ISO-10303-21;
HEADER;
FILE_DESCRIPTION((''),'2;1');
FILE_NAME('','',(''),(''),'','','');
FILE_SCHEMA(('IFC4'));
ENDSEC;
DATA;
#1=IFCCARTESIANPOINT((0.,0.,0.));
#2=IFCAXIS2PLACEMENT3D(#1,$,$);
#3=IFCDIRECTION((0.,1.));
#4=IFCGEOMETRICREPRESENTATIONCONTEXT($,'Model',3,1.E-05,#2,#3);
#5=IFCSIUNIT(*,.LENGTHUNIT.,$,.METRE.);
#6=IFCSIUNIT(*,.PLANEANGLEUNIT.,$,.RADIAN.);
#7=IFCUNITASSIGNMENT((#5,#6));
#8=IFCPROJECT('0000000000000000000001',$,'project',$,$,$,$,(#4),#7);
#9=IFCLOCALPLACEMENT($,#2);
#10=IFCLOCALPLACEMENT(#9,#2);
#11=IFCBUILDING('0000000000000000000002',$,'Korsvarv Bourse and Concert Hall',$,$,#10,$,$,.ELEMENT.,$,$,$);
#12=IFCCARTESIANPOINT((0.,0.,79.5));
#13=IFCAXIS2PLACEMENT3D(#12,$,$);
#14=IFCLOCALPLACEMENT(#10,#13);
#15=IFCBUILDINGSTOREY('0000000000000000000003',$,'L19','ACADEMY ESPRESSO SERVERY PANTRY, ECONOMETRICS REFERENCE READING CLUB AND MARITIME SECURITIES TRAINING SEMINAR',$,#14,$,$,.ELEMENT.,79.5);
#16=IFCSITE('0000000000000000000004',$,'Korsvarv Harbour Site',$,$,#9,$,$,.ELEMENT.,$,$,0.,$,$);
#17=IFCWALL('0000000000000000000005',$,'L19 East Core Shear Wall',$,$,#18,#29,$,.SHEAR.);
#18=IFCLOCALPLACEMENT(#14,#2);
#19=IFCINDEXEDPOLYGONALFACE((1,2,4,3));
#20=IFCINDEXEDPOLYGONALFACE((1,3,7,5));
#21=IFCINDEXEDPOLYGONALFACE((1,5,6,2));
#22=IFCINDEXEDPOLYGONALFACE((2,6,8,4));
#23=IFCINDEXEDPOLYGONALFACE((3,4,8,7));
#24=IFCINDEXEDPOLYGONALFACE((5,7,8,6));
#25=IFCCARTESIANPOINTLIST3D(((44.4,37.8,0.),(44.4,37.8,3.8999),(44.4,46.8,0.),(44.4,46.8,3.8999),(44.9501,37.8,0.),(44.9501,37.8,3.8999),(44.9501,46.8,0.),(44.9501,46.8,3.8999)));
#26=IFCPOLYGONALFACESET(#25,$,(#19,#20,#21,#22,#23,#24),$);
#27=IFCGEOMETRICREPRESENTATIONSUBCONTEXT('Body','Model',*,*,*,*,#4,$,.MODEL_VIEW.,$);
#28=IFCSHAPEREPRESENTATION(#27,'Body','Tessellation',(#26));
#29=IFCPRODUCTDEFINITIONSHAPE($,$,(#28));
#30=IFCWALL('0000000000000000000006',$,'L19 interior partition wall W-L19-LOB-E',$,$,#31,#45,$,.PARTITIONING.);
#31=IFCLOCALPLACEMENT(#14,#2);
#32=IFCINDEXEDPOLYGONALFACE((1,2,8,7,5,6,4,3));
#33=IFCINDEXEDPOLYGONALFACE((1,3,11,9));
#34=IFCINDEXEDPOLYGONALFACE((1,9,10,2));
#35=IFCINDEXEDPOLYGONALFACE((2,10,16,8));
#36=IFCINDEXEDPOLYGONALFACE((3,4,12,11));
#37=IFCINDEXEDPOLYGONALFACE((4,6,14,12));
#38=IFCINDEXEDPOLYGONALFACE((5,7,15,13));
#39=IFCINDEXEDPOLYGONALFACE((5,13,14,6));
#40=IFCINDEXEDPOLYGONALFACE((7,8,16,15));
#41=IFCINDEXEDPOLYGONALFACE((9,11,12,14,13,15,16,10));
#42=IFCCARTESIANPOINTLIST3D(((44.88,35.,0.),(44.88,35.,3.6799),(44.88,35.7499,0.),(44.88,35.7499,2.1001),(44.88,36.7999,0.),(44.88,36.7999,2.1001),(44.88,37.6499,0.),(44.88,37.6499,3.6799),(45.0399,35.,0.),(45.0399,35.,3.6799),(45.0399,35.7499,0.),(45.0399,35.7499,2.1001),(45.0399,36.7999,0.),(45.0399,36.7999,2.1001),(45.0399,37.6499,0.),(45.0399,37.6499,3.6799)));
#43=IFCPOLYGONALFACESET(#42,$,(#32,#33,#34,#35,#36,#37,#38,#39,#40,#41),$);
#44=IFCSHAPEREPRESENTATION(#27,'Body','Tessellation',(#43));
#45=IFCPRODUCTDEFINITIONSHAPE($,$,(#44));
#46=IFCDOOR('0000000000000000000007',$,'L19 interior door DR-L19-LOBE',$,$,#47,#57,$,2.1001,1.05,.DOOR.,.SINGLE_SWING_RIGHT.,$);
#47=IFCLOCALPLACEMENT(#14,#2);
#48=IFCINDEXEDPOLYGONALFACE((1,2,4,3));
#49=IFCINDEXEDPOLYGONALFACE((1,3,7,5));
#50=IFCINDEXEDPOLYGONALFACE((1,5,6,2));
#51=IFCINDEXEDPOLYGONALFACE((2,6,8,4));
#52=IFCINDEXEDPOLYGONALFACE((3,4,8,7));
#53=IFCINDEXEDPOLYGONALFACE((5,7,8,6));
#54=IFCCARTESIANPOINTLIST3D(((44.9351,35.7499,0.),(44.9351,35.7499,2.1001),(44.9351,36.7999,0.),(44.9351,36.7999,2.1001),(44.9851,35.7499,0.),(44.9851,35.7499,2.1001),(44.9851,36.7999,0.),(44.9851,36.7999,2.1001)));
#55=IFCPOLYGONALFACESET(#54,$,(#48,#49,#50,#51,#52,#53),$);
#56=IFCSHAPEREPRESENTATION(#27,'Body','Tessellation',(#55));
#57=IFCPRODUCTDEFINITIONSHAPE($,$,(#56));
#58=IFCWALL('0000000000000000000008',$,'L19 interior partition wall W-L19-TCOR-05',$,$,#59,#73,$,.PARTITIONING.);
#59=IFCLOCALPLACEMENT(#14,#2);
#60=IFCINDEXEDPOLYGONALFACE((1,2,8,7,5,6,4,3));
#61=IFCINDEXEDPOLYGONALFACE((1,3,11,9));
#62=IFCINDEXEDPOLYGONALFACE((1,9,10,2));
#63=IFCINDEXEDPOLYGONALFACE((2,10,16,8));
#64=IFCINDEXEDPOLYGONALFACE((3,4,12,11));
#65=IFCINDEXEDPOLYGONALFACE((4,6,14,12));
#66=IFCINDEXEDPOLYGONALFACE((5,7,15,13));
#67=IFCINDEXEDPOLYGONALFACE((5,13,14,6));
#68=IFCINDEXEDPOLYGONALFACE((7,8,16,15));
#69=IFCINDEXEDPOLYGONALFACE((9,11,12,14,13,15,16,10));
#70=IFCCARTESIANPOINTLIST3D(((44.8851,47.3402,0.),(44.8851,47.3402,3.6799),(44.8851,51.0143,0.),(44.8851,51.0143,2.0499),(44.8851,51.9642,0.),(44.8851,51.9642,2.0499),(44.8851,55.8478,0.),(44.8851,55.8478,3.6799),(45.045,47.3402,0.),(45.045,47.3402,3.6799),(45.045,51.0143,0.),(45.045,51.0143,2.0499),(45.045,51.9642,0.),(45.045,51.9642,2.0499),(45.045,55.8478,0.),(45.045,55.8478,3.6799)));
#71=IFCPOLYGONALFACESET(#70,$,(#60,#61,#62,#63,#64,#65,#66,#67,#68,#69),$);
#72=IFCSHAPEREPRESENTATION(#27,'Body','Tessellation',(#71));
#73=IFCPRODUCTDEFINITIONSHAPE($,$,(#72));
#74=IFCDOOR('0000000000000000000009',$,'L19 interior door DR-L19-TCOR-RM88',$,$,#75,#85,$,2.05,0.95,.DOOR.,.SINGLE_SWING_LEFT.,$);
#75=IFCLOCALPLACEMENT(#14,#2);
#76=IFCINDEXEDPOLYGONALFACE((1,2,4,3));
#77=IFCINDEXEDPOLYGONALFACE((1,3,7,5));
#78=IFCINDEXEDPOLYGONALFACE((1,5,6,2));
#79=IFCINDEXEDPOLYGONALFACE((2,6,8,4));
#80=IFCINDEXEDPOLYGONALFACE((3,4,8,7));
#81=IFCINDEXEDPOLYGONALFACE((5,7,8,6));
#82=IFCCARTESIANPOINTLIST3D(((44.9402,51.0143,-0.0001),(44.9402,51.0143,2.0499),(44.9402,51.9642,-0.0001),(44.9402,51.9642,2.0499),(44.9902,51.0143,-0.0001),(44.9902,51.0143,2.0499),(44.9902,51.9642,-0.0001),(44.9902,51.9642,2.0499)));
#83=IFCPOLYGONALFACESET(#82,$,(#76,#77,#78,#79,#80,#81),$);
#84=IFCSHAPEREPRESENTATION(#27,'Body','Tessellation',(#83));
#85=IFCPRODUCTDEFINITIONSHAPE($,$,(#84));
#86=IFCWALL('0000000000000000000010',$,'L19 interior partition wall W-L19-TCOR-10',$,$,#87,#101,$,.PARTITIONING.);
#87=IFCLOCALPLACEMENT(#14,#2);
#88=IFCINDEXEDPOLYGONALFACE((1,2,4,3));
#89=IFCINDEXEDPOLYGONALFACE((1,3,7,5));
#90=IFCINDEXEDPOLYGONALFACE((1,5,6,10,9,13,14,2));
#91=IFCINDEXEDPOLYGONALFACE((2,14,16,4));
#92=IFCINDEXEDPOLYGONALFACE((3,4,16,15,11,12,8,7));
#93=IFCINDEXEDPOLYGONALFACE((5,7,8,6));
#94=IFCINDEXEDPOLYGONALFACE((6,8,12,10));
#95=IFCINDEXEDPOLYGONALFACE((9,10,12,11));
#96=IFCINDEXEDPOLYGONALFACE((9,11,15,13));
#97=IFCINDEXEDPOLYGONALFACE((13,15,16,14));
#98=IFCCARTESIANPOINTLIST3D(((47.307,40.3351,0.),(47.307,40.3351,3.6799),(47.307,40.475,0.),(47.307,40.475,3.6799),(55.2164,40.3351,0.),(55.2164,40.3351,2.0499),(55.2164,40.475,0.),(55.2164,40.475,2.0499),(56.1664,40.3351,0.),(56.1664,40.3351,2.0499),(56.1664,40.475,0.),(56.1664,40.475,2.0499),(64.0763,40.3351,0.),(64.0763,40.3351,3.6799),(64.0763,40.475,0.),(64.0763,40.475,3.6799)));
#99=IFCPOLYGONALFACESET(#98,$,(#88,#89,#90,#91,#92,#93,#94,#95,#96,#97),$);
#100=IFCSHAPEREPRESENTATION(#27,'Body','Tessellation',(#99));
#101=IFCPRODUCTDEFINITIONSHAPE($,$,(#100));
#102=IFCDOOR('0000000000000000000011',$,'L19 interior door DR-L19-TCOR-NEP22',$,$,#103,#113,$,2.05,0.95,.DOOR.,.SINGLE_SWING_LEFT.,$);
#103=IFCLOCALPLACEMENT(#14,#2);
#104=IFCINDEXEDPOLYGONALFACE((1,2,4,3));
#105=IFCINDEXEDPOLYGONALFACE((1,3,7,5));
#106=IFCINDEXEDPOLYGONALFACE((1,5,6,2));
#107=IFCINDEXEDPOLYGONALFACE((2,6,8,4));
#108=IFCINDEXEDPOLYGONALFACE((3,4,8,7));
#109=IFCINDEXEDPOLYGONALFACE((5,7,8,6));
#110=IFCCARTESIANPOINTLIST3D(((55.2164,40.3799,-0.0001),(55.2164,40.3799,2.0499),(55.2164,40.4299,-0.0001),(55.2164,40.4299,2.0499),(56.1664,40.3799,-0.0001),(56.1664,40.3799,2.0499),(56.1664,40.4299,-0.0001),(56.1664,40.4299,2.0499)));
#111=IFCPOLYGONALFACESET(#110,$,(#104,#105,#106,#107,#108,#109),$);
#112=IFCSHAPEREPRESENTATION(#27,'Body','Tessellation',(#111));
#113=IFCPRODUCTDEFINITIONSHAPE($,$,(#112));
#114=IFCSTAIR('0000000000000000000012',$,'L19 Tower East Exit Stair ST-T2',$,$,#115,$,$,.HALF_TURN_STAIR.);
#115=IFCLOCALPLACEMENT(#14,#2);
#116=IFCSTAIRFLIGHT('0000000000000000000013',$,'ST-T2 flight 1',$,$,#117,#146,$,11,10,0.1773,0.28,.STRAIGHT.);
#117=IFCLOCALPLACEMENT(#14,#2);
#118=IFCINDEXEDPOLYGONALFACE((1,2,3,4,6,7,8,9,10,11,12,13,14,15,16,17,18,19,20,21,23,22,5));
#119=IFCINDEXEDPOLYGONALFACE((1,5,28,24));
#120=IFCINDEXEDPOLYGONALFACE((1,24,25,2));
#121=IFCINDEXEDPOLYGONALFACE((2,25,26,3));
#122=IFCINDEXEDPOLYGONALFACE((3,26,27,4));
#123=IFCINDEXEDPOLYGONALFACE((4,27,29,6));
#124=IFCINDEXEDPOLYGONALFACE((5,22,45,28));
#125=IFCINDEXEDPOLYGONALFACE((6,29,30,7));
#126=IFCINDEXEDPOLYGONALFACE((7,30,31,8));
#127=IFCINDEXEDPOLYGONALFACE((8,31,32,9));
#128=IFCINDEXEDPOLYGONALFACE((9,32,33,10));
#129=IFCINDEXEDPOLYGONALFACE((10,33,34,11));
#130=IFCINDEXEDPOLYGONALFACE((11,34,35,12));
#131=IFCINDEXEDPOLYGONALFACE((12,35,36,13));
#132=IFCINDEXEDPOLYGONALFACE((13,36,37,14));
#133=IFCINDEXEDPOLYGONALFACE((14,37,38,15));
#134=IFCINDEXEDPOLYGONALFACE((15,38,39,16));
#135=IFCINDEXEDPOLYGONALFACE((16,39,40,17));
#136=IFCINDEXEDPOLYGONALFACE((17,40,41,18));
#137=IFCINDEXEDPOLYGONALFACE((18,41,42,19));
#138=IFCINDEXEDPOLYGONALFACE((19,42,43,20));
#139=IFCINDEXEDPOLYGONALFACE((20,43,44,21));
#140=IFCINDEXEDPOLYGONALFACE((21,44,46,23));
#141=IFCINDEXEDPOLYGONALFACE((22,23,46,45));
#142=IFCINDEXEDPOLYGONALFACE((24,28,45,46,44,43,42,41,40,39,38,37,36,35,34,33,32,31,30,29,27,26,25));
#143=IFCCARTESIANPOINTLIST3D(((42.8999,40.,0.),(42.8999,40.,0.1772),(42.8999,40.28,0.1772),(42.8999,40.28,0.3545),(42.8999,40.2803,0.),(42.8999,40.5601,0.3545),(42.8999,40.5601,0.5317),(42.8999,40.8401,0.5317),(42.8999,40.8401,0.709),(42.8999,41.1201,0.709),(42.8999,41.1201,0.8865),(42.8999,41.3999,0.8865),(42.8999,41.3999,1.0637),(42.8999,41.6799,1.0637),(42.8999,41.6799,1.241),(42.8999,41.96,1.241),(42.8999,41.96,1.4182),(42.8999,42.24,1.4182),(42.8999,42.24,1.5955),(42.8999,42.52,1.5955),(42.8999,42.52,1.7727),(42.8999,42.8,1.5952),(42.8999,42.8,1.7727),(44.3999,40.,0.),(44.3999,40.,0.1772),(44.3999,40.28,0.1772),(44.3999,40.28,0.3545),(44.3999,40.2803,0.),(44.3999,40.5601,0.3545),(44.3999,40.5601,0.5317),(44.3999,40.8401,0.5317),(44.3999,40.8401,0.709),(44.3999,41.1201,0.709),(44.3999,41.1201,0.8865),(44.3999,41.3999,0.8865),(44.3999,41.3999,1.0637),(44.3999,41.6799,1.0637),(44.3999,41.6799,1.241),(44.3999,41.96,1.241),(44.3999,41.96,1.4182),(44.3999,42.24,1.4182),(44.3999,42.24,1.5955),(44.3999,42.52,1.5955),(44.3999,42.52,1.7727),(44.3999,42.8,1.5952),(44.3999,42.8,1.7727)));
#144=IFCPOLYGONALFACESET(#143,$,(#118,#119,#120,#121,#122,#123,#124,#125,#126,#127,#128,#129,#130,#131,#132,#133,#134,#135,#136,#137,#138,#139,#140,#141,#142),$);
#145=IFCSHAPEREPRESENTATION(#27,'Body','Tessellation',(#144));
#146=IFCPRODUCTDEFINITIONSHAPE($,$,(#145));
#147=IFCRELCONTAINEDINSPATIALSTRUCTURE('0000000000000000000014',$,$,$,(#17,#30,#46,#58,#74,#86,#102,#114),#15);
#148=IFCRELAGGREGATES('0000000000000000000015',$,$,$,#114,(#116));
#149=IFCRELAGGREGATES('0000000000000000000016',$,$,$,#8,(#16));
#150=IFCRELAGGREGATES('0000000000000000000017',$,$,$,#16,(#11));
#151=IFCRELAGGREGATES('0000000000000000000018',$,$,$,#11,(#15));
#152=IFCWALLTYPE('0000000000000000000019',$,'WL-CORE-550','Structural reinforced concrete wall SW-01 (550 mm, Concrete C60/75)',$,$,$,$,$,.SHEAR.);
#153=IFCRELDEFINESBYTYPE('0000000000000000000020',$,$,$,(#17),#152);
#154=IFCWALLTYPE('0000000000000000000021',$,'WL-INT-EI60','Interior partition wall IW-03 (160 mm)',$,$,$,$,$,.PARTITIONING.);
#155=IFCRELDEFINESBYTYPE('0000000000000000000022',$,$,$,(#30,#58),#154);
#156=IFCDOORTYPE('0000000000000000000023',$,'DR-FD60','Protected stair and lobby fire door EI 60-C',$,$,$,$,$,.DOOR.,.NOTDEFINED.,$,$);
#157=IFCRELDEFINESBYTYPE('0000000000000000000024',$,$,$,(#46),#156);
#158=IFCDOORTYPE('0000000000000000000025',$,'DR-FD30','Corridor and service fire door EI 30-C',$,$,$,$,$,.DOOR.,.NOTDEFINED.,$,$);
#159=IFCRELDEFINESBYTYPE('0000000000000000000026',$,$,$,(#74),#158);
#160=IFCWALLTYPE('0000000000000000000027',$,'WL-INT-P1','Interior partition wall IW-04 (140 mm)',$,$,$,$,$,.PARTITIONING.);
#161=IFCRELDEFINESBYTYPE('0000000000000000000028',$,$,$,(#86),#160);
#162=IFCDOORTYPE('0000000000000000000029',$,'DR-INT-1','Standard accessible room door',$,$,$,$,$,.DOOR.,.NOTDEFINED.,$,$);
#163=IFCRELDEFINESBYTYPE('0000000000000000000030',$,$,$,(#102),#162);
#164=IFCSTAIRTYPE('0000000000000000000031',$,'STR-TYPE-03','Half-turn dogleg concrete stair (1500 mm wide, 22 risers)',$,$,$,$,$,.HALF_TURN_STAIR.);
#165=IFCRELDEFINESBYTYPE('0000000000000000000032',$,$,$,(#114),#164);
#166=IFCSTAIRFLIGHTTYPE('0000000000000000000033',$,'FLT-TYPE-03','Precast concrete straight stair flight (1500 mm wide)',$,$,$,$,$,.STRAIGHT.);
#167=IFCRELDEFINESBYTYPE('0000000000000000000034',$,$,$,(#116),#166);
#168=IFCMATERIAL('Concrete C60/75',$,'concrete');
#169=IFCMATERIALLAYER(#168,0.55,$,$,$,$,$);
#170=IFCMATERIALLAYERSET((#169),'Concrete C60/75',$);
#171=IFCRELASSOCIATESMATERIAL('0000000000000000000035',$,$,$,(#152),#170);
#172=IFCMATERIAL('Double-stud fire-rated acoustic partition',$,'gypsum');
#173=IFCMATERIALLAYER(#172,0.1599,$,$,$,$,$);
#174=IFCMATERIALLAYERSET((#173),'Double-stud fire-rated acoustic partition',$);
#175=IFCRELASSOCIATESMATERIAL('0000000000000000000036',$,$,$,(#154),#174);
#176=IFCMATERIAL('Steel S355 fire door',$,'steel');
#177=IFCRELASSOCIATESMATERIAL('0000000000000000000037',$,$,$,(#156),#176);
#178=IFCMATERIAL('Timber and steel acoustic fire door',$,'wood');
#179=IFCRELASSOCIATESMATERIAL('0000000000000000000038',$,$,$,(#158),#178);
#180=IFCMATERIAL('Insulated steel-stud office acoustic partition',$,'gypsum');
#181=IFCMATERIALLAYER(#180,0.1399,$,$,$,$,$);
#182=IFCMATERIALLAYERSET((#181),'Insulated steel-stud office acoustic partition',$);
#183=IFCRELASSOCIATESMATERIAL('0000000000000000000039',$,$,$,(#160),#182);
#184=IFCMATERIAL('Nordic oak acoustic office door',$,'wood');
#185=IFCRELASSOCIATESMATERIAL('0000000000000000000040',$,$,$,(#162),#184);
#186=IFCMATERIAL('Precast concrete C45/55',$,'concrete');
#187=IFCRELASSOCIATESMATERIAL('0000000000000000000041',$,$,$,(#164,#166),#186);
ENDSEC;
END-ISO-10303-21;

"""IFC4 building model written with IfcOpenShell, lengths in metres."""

from ifc_helpers import new_model, si_unit, direction, frame, frame_2d, origin, place, context, subcontext, project, spatial, polyline, rectangle, outline, extrude, material, layer, layer_set, type_object, element, fill, aggregate, save


model = new_model("IFC4")

# Units and contexts
model_context = context("Model", 3, precision=1e-05, world=origin(), true_north=direction((0.0, 1.0)))
body_context = subcontext(model_context, "Body", "Model", "MODEL_VIEW")
ifc_project = project(units=[si_unit("LENGTHUNIT", "METRE"), si_unit("PLANEANGLEUNIT", "RADIAN")], contexts=[model_context])

# Site, building, storey
site_placement = place(None, origin())
site = spatial("IfcSite", under=ifc_project, at=site_placement, Name="Korsvarv Harbour Site", CompositionType="ELEMENT", RefElevation=0.0)
building_placement = place(site_placement, origin())
building = spatial("IfcBuilding", under=site, at=building_placement, Name="Korsvarv Bourse and Concert Hall", CompositionType="ELEMENT")
storey_placement = place(building_placement, frame((0.0, 0.0, 79.5)))
storey = spatial("IfcBuildingStorey", under=building, at=storey_placement, Name="L19", Description="ACADEMY ESPRESSO SERVERY PANTRY, ECONOMETRICS REFERENCE READING CLUB AND MARITIME SECURITIES TRAINING SEMINAR", CompositionType="ELEMENT", Elevation=79.5)

# Shared definitions
ifc_material_1 = material(Name="Concrete C60/75", Category="concrete")

# Wall
ifc_layer_1 = layer(ifc_material_1, 0.55)
ifc_layer_set_1 = layer_set([ifc_layer_1], Name="Concrete C60/75")
wall_type_1 = type_object("IfcWallType", Name="WL-CORE-550", Description="Structural reinforced concrete wall SW-01 (550 mm, Concrete C60/75)", PredefinedType="SHEAR", material=ifc_layer_set_1)
wall_1_placement = place(storey_placement, frame((44.675, 37.8, 0.0), z_axis=(0.0, 0.0, 1.0), x_axis=(0.0, 1.0, 0.0)))
element("IfcWall", 1, at=wall_1_placement, inside=storey, type_object=wall_type_1, Name="L19 East Core Shear Wall", PredefinedType="SHEAR", context=body_context, shape_type="SweptSolid", body=[
    extrude(rectangle(XDim=9.0, YDim=0.55, at=frame_2d((4.5, 0.0))), origin(), (0.0, 0.0, 1.0), 3.8999),
])

# Walls, openings, doors
ifc_material_2 = material(Name="Double-stud fire-rated acoustic partition", Category="gypsum")
ifc_layer_2 = layer(ifc_material_2, 0.1599)
ifc_layer_set_2 = layer_set([ifc_layer_2], Name="Double-stud fire-rated acoustic partition")
wall_type_2 = type_object("IfcWallType", Name="WL-INT-EI60", Description="Interior partition wall IW-03 (160 mm)", PredefinedType="PARTITIONING", material=ifc_layer_set_2)
wall_2_placement = place(storey_placement, frame((44.96, 35.0, 0.0), z_axis=(0.0, 0.0, 1.0), x_axis=(0.0, 1.0, 0.0)))
wall_2 = element("IfcWall", 2, at=wall_2_placement, inside=storey, type_object=wall_type_2, Name="L19 interior partition wall W-L19-LOB-E", PredefinedType="PARTITIONING", context=body_context, shape_type="SweptSolid", body=[
    extrude(rectangle(XDim=2.6499, YDim=0.1599, at=frame_2d((1.325, 0.0))), origin(), (0.0, 0.0, 1.0), 3.6799),
])
opening_1_placement = place(wall_2_placement, frame((0.75, 0.0, 0.0)))
opening_1 = element("IfcOpeningElement", 3, at=opening_1_placement, cuts=wall_2, PredefinedType="OPENING", context=body_context, shape_type="SweptSolid", body=[
    extrude(rectangle(XDim=1.05, YDim=2.1001, at=frame_2d((0.5249, 1.05))), frame((0.0, 0.0898, 0.0), z_axis=(0.0, -1.0, 0.0), x_axis=(1.0, 0.0, 0.0)), (0.0, 0.0, 1.0), 0.1799),
])
ifc_material_3 = material(Name="Steel S355 fire door", Category="steel")
door_type_1 = type_object("IfcDoorType", Name="DR-FD60", Description="Protected stair and lobby fire door EI 60-C", OperationType="NOTDEFINED", PredefinedType="DOOR", material=ifc_material_3)
door_1_placement = place(opening_1_placement, origin())
door_1 = element("IfcDoor", 4, at=door_1_placement, inside=storey, type_object=door_type_1, Name="L19 interior door DR-L19-LOBE", OperationType="SINGLE_SWING_RIGHT", OverallHeight=2.1001, OverallWidth=1.05, PredefinedType="DOOR", context=body_context, shape_type="SweptSolid", body=[
    extrude(rectangle(XDim=1.05, YDim=2.1001, at=frame_2d((0.5249, 1.05))), frame((0.0, 0.0249, 0.0), z_axis=(0.0, -1.0, 0.0), x_axis=(1.0, 0.0, 0.0)), (0.0, 0.0, 1.0), 0.05),
])
fill(opening_1, door_1)
wall_3_placement = place(storey_placement, frame((44.9651, 47.3401, 0.0), z_axis=(0.0, 0.0, 1.0), x_axis=(0.0, 1.0, 0.0)))
wall_3 = element("IfcWall", 5, at=wall_3_placement, inside=storey, type_object=wall_type_2, Name="L19 interior partition wall W-L19-TCOR-05", PredefinedType="PARTITIONING", context=body_context, shape_type="SweptSolid", body=[
    extrude(rectangle(XDim=8.5076, YDim=0.1599, at=frame_2d((4.2539, 0.0))), origin(), (0.0, 0.0, 1.0), 3.6799),
])
opening_2_placement = place(wall_3_placement, frame((3.6741, 0.0, 0.0)))
opening_2 = element("IfcOpeningElement", 6, at=opening_2_placement, cuts=wall_3, PredefinedType="OPENING", context=body_context, shape_type="SweptSolid", body=[
    extrude(rectangle(XDim=0.95, YDim=2.05, at=frame_2d((0.4751, 1.0249))), frame((0.0, 0.0898, 0.0), z_axis=(0.0, -1.0, 0.0), x_axis=(1.0, 0.0, 0.0)), (0.0, 0.0, 1.0), 0.1799),
])
ifc_material_4 = material(Name="Timber and steel acoustic fire door", Category="wood")
door_type_2 = type_object("IfcDoorType", Name="DR-FD30", Description="Corridor and service fire door EI 30-C", OperationType="NOTDEFINED", PredefinedType="DOOR", material=ifc_material_4)
door_2_placement = place(opening_2_placement, origin())
door_2 = element("IfcDoor", 7, at=door_2_placement, inside=storey, type_object=door_type_2, Name="L19 interior door DR-L19-TCOR-RM88", OperationType="SINGLE_SWING_LEFT", OverallHeight=2.05, OverallWidth=0.95, PredefinedType="DOOR", context=body_context, shape_type="SweptSolid", body=[
    extrude(rectangle(XDim=0.95, YDim=2.05, at=frame_2d((0.4751, 1.0249))), frame((0.0, 0.0249, 0.0), z_axis=(0.0, -1.0, 0.0), x_axis=(1.0, 0.0, 0.0)), (0.0, 0.0, 1.0), 0.05),
])
fill(opening_2, door_2)
ifc_material_5 = material(Name="Insulated steel-stud office acoustic partition", Category="gypsum")
ifc_layer_3 = layer(ifc_material_5, 0.1399)
ifc_layer_set_3 = layer_set([ifc_layer_3], Name="Insulated steel-stud office acoustic partition")
wall_type_3 = type_object("IfcWallType", Name="WL-INT-P1", Description="Interior partition wall IW-04 (140 mm)", PredefinedType="PARTITIONING", material=ifc_layer_set_3)
wall_4_placement = place(storey_placement, frame((47.3069, 40.405, 0.0), z_axis=(0.0, 0.0, 1.0), x_axis=(1.0, 0.0, 0.0)))
wall_4 = element("IfcWall", 8, at=wall_4_placement, inside=storey, type_object=wall_type_3, Name="L19 interior partition wall W-L19-TCOR-10", PredefinedType="PARTITIONING", context=body_context, shape_type="SweptSolid", body=[
    extrude(rectangle(XDim=16.7693, YDim=0.1399, at=frame_2d((8.3848, 0.0))), origin(), (0.0, 0.0, 1.0), 3.6799),
])
opening_3_placement = place(wall_4_placement, frame((7.9094, 0.0, 0.0)))
opening_3 = element("IfcOpeningElement", 9, at=opening_3_placement, cuts=wall_4, PredefinedType="OPENING", context=body_context, shape_type="SweptSolid", body=[
    extrude(rectangle(XDim=0.95, YDim=2.05, at=frame_2d((0.4751, 1.0249))), frame((0.0, 0.0801, 0.0), z_axis=(0.0, -1.0, 0.0), x_axis=(1.0, 0.0, 0.0)), (0.0, 0.0, 1.0), 0.1599),
])
ifc_material_6 = material(Name="Nordic oak acoustic office door", Category="wood")
door_type_3 = type_object("IfcDoorType", Name="DR-INT-1", Description="Standard accessible room door", OperationType="NOTDEFINED", PredefinedType="DOOR", material=ifc_material_6)
door_3_placement = place(opening_3_placement, origin())
door_3 = element("IfcDoor", 10, at=door_3_placement, inside=storey, type_object=door_type_3, Name="L19 interior door DR-L19-TCOR-NEP22", OperationType="SINGLE_SWING_LEFT", OverallHeight=2.05, OverallWidth=0.95, PredefinedType="DOOR", context=body_context, shape_type="SweptSolid", body=[
    extrude(rectangle(XDim=0.95, YDim=2.05, at=frame_2d((0.4751, 1.0249))), frame((0.0, 0.0249, 0.0), z_axis=(0.0, -1.0, 0.0), x_axis=(1.0, 0.0, 0.0)), (0.0, 0.0, 1.0), 0.05),
])
fill(opening_3, door_3)

# Stair, stair flight
ifc_material_7 = material(Name="Precast concrete C45/55", Category="concrete")
stair_type = type_object("IfcStairType", Name="STR-TYPE-03", Description="Half-turn dogleg concrete stair (1500 mm wide, 22 risers)", PredefinedType="HALF_TURN_STAIR", material=ifc_material_7)
stair_placement = place(storey_placement, origin())
stair = element("IfcStair", 11, at=stair_placement, inside=storey, type_object=stair_type, Name="L19 Tower East Exit Stair ST-T2", PredefinedType="HALF_TURN_STAIR")
stair_flight_type = type_object("IfcStairFlightType", Name="FLT-TYPE-03", Description="Precast concrete straight stair flight (1500 mm wide)", PredefinedType="STRAIGHT", material=ifc_material_7)
stair_flight_placement = place(storey_placement, frame((43.6499, 40.0, 0.0), z_axis=(0.0, 0.0, 1.0), x_axis=(0.0, 1.0, 0.0)))
stair_flight = element("IfcStairFlight", 12, at=stair_flight_placement, type_object=stair_flight_type, Name="ST-T2 flight 1", NumberOfRisers=11, NumberOfTreads=10, PredefinedType="STRAIGHT", RiserHeight=0.1773, TreadLength=0.28, context=body_context, shape_type="SweptSolid", body=[
    extrude(outline(polyline([(0.0, 0.0), (0.0, 0.1772), (0.28, 0.1772), (0.28, 0.3545), (0.5601, 0.3545), (0.5601, 0.5317), (0.8401, 0.5317), (0.8401, 0.709), (1.1201, 0.709), (1.1201, 0.8865), (1.3999, 0.8865), (1.3999, 1.0637), (1.6799, 1.0637), (1.6799, 1.241), (1.96, 1.241), (1.96, 1.4182), (2.24, 1.4182), (2.24, 1.5955), (2.52, 1.5955), (2.52, 1.7727), (2.8, 1.7727), (2.8, 1.95), (2.8, 1.5952), (0.2803, 0.0), (0.0, 0.0)])), frame((0.0, 0.75, 0.0), z_axis=(0.0, -1.0, 0.0), x_axis=(1.0, 0.0, 0.0)), (0.0, 0.0, 1.0), 1.5),
])
aggregate(stair, [stair_flight])

save(model, "model.ifc")
